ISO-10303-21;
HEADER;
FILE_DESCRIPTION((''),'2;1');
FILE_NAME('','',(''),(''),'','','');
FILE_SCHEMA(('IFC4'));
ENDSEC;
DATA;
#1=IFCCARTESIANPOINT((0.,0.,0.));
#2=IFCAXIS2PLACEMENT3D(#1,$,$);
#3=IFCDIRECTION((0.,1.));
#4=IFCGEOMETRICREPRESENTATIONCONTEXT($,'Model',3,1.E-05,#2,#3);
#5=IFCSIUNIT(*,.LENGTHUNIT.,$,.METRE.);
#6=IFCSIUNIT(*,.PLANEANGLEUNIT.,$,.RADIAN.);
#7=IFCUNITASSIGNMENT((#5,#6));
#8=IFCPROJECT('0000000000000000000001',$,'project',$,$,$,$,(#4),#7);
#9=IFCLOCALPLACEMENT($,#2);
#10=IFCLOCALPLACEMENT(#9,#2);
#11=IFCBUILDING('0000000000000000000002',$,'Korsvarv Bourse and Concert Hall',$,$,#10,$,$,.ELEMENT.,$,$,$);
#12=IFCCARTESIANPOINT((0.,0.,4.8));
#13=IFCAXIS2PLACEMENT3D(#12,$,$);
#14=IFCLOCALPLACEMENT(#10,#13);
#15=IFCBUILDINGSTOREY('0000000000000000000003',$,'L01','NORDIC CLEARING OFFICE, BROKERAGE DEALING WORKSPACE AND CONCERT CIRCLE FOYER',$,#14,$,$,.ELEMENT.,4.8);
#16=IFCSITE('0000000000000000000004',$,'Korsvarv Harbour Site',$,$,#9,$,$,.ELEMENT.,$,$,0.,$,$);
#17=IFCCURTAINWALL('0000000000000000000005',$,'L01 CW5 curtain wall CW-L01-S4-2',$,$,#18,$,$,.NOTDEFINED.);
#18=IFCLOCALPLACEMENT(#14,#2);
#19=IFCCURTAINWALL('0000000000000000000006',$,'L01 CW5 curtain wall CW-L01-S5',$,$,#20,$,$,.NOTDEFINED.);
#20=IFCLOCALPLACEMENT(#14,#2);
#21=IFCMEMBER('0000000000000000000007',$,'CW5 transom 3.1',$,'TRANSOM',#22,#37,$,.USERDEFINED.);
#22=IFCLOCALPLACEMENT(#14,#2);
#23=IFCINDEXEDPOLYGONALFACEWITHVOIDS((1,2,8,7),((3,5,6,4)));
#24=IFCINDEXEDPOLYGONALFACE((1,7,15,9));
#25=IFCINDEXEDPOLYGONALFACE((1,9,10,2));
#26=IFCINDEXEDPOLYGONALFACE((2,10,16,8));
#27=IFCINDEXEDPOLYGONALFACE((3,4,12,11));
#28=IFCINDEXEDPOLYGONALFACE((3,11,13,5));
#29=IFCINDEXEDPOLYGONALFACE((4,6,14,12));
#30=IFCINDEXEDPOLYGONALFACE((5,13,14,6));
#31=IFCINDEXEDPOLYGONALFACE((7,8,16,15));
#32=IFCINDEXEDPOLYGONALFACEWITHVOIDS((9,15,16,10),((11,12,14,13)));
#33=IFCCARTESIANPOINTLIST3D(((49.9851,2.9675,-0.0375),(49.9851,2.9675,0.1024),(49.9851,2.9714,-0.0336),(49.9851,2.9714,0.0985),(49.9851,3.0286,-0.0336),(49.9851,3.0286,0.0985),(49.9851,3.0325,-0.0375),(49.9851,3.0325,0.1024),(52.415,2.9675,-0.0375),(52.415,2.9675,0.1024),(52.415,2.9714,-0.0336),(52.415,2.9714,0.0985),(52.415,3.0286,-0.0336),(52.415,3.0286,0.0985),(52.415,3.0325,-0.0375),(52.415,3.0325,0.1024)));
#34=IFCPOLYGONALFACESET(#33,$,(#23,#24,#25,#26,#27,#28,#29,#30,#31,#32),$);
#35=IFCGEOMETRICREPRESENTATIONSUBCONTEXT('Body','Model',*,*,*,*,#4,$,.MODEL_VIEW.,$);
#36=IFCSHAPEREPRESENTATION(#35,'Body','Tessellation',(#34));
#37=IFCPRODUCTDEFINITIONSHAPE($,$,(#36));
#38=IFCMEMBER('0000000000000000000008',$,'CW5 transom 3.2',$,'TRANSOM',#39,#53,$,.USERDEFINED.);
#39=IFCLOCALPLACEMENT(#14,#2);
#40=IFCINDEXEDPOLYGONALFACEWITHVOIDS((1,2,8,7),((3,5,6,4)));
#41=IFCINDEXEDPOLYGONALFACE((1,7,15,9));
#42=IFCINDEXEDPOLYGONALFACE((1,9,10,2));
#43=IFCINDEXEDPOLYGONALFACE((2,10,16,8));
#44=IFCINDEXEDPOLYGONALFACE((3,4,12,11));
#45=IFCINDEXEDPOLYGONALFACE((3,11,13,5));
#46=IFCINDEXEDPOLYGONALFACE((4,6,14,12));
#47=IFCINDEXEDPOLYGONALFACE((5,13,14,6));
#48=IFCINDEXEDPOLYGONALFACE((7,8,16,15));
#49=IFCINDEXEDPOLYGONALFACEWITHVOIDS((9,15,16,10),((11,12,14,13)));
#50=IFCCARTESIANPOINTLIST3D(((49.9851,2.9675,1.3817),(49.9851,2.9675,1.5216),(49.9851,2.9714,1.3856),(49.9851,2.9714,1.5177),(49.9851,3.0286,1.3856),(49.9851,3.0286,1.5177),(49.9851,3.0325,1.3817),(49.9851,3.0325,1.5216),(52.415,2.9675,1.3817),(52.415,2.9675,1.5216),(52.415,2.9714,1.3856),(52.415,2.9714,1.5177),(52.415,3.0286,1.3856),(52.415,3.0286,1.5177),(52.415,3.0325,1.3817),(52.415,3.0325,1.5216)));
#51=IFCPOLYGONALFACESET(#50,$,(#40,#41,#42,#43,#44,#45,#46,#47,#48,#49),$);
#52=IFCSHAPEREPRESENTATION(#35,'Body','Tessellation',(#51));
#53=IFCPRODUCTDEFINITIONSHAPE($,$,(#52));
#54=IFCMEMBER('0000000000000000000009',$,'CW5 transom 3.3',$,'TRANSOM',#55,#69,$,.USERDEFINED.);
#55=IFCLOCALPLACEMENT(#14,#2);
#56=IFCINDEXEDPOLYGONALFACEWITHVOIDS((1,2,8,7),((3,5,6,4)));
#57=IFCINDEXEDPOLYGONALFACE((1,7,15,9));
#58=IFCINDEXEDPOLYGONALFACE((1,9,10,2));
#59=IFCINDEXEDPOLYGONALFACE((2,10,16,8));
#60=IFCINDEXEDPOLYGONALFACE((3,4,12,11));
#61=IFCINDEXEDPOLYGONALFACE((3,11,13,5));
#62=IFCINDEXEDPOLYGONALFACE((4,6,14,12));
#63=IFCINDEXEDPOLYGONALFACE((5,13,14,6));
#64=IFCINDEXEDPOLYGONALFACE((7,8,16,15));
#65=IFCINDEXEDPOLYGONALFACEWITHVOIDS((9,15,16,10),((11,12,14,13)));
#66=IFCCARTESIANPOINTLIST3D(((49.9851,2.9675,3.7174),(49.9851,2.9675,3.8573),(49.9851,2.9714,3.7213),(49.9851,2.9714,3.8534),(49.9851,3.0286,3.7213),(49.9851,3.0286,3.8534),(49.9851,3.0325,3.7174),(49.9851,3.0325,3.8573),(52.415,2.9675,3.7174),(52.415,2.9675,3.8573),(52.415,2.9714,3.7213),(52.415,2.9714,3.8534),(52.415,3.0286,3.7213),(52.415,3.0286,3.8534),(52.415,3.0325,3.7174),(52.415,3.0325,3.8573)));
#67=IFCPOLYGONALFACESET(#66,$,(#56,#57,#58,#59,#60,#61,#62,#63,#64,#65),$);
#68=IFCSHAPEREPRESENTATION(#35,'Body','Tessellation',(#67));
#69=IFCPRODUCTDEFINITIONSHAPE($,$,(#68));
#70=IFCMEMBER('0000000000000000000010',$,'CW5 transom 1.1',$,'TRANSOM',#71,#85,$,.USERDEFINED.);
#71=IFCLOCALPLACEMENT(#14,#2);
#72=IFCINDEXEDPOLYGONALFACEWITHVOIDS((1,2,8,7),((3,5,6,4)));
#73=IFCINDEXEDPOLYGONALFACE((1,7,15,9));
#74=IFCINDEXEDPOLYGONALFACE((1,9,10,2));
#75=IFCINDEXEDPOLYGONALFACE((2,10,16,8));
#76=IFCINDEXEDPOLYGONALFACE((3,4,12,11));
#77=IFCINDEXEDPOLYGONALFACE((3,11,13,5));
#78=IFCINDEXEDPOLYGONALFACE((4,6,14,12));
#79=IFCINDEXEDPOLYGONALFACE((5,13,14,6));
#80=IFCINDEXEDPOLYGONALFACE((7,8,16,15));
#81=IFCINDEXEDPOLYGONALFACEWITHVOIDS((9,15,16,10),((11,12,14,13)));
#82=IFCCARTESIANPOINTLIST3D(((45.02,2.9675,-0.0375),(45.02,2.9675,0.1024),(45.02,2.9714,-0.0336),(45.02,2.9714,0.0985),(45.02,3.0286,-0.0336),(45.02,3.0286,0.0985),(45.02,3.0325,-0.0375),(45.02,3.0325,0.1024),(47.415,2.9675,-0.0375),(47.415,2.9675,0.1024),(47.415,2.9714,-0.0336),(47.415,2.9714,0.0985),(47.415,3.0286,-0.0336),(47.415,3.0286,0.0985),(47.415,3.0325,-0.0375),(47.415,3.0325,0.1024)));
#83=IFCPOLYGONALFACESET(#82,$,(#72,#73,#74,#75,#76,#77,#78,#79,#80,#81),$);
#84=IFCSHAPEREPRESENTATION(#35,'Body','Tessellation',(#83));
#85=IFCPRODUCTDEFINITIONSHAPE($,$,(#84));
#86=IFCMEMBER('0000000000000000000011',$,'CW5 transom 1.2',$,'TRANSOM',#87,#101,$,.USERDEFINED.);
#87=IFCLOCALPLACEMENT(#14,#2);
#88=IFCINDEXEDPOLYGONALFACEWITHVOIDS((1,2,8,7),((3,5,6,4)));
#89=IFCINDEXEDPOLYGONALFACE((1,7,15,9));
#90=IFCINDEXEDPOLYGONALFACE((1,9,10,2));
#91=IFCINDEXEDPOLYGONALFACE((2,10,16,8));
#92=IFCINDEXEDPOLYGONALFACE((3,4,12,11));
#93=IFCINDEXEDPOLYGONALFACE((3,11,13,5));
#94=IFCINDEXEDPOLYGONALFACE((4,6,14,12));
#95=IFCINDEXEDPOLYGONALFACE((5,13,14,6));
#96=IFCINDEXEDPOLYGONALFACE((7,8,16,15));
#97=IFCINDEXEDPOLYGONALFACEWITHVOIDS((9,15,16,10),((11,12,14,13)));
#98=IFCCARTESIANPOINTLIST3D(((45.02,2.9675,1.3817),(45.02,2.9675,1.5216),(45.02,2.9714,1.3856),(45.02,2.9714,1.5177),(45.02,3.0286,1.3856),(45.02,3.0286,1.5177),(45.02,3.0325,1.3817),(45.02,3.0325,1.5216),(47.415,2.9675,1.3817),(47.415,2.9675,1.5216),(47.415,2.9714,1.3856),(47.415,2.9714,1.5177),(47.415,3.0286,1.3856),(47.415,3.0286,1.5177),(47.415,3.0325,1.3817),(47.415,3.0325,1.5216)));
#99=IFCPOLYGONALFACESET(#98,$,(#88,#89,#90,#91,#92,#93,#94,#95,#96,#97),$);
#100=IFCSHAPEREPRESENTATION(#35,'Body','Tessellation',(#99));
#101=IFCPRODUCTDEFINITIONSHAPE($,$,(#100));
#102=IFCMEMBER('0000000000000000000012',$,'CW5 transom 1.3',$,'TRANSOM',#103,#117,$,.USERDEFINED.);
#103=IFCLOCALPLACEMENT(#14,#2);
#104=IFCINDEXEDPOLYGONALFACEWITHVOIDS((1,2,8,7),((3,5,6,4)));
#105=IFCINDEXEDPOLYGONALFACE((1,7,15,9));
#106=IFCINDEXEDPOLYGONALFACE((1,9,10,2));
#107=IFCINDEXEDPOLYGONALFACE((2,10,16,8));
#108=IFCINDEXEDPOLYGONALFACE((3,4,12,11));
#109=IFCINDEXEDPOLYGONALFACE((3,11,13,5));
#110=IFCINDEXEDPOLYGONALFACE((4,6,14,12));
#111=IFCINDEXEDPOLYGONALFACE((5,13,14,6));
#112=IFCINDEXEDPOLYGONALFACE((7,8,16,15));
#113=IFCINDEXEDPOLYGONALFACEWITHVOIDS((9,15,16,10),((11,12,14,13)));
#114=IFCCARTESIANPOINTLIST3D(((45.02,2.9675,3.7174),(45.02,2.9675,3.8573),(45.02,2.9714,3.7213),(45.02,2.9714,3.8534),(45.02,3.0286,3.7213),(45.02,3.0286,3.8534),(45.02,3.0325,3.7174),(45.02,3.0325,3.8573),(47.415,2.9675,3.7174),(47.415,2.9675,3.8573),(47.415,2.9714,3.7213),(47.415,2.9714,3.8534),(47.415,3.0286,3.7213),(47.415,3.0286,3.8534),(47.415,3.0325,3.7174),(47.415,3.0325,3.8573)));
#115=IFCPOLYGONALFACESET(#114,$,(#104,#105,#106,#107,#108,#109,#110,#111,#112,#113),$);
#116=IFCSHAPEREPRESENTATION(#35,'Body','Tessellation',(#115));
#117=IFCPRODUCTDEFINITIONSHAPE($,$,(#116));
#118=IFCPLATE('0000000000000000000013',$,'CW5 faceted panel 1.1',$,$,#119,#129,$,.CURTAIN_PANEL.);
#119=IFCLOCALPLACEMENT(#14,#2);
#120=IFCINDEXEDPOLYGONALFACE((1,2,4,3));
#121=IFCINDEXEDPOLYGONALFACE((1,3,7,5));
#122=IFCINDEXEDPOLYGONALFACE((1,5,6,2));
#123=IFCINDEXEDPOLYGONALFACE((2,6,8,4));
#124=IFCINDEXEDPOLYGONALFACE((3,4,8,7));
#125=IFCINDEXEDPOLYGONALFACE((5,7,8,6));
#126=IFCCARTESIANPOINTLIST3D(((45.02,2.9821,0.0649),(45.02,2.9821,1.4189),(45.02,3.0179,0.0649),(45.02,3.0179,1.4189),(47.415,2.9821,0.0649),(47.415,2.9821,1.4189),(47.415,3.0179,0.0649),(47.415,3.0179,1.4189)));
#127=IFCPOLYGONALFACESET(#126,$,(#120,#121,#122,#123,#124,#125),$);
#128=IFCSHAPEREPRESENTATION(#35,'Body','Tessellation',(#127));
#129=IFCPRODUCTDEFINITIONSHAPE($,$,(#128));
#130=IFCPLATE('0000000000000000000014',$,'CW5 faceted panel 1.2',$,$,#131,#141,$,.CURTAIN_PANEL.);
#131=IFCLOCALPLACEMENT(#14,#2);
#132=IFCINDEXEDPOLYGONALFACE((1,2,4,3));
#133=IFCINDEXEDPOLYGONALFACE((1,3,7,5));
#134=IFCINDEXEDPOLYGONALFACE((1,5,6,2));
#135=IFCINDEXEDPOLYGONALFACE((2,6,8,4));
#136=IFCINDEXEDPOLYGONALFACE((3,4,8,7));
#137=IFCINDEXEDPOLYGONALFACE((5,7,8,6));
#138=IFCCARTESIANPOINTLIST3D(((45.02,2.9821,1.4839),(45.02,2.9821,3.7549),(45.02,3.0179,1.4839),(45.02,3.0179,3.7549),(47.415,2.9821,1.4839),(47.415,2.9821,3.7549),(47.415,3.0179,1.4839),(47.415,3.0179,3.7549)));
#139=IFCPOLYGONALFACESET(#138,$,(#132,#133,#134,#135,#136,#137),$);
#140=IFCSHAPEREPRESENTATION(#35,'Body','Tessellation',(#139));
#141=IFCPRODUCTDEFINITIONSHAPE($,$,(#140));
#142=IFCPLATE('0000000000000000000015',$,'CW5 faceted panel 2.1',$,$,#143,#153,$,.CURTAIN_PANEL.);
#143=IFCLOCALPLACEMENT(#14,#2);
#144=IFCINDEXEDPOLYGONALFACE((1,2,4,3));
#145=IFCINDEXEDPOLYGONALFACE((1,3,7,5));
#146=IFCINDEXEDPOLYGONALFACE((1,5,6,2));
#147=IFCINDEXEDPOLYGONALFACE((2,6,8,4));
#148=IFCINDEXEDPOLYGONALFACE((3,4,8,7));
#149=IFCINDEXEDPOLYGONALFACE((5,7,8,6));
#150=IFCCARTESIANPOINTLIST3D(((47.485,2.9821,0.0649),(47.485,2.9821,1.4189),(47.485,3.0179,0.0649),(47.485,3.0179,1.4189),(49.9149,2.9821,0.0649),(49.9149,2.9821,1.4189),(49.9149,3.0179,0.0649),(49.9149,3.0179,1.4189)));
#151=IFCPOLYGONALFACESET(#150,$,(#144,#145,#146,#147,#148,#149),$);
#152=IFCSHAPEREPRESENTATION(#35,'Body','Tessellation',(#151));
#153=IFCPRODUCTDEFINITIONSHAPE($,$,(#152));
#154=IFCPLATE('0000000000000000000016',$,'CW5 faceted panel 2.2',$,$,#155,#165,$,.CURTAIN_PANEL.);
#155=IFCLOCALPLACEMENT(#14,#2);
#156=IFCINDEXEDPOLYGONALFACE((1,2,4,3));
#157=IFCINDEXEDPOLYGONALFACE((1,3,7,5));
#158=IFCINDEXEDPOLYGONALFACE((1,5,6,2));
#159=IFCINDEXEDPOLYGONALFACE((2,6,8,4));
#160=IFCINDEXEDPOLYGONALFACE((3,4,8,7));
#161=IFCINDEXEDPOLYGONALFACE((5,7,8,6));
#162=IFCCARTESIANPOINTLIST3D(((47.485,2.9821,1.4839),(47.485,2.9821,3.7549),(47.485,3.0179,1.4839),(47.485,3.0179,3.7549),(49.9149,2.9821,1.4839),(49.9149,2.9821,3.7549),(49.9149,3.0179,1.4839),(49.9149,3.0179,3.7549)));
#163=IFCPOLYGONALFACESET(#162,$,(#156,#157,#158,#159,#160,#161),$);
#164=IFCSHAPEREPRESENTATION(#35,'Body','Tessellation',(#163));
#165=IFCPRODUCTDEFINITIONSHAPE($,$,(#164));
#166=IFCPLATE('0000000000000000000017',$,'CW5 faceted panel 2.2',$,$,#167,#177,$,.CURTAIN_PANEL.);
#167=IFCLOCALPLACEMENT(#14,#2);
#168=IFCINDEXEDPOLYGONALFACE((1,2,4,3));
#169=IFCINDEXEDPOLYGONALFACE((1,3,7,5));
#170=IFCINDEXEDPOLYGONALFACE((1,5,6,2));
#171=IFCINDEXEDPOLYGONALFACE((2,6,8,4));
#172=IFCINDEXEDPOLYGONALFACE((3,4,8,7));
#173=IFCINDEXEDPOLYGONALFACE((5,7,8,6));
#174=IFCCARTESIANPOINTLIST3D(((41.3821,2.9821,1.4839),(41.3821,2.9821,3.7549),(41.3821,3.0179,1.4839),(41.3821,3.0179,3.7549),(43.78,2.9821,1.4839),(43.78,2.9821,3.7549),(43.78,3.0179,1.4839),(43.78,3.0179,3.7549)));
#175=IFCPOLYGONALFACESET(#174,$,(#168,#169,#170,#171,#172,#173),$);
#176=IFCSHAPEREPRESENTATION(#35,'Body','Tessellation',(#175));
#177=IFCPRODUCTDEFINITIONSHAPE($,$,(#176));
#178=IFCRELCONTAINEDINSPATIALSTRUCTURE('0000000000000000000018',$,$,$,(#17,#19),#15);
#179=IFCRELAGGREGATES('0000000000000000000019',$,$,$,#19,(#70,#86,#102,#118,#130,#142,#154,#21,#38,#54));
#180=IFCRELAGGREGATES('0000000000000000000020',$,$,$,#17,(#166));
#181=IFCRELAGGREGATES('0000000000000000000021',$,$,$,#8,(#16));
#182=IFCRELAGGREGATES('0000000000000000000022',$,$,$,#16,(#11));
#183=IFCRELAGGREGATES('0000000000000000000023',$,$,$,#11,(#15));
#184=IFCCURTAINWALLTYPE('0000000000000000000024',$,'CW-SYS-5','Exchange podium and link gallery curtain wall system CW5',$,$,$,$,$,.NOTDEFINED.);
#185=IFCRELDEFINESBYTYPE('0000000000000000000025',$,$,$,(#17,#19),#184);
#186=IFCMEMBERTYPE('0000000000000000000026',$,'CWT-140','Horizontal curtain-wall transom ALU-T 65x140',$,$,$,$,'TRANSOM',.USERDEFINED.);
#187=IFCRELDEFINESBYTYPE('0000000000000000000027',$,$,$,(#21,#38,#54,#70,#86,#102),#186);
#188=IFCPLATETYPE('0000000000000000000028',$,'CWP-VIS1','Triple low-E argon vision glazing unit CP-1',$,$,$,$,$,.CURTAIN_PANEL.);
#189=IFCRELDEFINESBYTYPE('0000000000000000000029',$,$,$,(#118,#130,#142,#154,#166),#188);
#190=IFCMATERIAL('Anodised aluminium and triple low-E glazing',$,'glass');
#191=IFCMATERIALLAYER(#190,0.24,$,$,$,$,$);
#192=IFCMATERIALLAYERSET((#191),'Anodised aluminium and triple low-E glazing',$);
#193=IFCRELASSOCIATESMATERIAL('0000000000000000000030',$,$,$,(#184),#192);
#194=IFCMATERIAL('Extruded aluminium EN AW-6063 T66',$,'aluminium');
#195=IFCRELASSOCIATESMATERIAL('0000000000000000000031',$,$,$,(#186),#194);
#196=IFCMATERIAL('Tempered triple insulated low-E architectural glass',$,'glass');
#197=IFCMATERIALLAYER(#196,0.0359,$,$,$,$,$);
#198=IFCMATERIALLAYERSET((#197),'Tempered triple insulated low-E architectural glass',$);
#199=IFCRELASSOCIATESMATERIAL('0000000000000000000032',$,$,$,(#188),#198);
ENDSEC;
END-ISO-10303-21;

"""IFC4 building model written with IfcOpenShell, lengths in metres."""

from ifc_helpers import new_model, si_unit, direction, frame, origin, origin_2d, place, context, subcontext, project, spatial, rectangle, hollow_rectangle, extrude, source, transform, mapped, material, layer, layer_set, material_profile, profile_set, type_object, element, aggregate, save


model = new_model("IFC4")

# Units and contexts
model_context = context("Model", 3, precision=1e-05, world=origin(), true_north=direction((0.0, 1.0)))
body_context = subcontext(model_context, "Body", "Model", "MODEL_VIEW")
ifc_project = project(units=[si_unit("LENGTHUNIT", "METRE"), si_unit("PLANEANGLEUNIT", "RADIAN")], contexts=[model_context])

# Site, building, storey
site_placement = place(None, origin())
site = spatial("IfcSite", under=ifc_project, at=site_placement, Name="Korsvarv Harbour Site", CompositionType="ELEMENT", RefElevation=0.0)
building_placement = place(site_placement, origin())
building = spatial("IfcBuilding", under=site, at=building_placement, Name="Korsvarv Bourse and Concert Hall", CompositionType="ELEMENT")
storey_placement = place(building_placement, frame((0.0, 0.0, 4.8)))
storey = spatial("IfcBuildingStorey", under=building, at=storey_placement, Name="L01", Description="NORDIC CLEARING OFFICE, BROKERAGE DEALING WORKSPACE AND CONCERT CIRCLE FOYER", CompositionType="ELEMENT", Elevation=4.8)

# Curtain wall
ifc_material_1 = material(Name="Anodised aluminium and triple low-E glazing", Category="glass")
ifc_layer_1 = layer(ifc_material_1, 0.24)
ifc_layer_set_1 = layer_set([ifc_layer_1], Name="Anodised aluminium and triple low-E glazing")
curtain_wall_type = type_object("IfcCurtainWallType", Name="CW-SYS-5", Description="Exchange podium and link gallery curtain wall system CW5", PredefinedType="NOTDEFINED", material=ifc_layer_set_1)
curtain_wall_1_placement = place(storey_placement, origin())
curtain_wall_1 = element("IfcCurtainWall", 1, at=curtain_wall_1_placement, inside=storey, type_object=curtain_wall_type, Name="L01 CW5 curtain wall CW-L01-S4-2", PredefinedType="NOTDEFINED")
ifc_material_2 = material(Name="Extruded aluminium EN AW-6063 T66", Category="aluminium")

# Curtain wall, members, plates
curtain_wall_2_placement = place(storey_placement, origin())
curtain_wall_2 = element("IfcCurtainWall", 2, at=curtain_wall_2_placement, inside=storey, type_object=curtain_wall_type, Name="L01 CW5 curtain wall CW-L01-S5", PredefinedType="NOTDEFINED")
ifc_material_profile_1 = material_profile(ifc_material_2, hollow_rectangle(XDim=0.0649, YDim=0.1399, WallThickness=0.0039, at=origin_2d()), Name="ALU-T 65x140")
ifc_profile_set_1 = profile_set([ifc_material_profile_1], Name="Extruded aluminium EN AW-6063 T66")
member_type_1 = type_object("IfcMemberType", Name="CWT-140", Description="Horizontal curtain-wall transom ALU-T 65x140", ElementType="TRANSOM", PredefinedType="USERDEFINED", material=ifc_profile_set_1)
shared_shape_1 = source(origin(), body_context, "Body", "SweptSolid", [
    extrude(hollow_rectangle(XDim=0.0649, YDim=0.1399, WallThickness=0.0039, at=origin_2d()), origin(), (0.0, 0.0, 1.0), 2.4299),
])
member_1_placement = place(storey_placement, frame((49.9851, 3.0, 0.0325), z_axis=(1.0, 0.0, 0.0), x_axis=(0.0, 1.0, 0.0)))
member_1 = element("IfcMember", 3, at=member_1_placement, type_object=member_type_1, Name="CW5 transom 3.1", ObjectType="TRANSOM", PredefinedType="USERDEFINED", context=body_context, shape_type="MappedRepresentation", body=[
    mapped(shared_shape_1, transform((0.0, 0.0, 0.0), scale=1.0)),
])
member_2_placement = place(storey_placement, frame((49.9851, 3.0, 1.4517), z_axis=(1.0, 0.0, 0.0), x_axis=(0.0, 1.0, 0.0)))
member_2 = element("IfcMember", 4, at=member_2_placement, type_object=member_type_1, Name="CW5 transom 3.2", ObjectType="TRANSOM", PredefinedType="USERDEFINED", context=body_context, shape_type="MappedRepresentation", body=[
    mapped(shared_shape_1, transform((0.0, 0.0, 0.0), scale=1.0)),
])
member_3_placement = place(storey_placement, frame((49.9851, 3.0, 3.7874), z_axis=(1.0, 0.0, 0.0), x_axis=(0.0, 1.0, 0.0)))
member_3 = element("IfcMember", 5, at=member_3_placement, type_object=member_type_1, Name="CW5 transom 3.3", ObjectType="TRANSOM", PredefinedType="USERDEFINED", context=body_context, shape_type="MappedRepresentation", body=[
    mapped(shared_shape_1, transform((0.0, 0.0, 0.0), scale=1.0)),
])
shared_shape_2 = source(origin(), body_context, "Body", "SweptSolid", [
    extrude(hollow_rectangle(XDim=0.0649, YDim=0.1399, WallThickness=0.0039, at=origin_2d()), origin(), (0.0, 0.0, 1.0), 2.395),
])
member_4_placement = place(storey_placement, frame((45.02, 3.0, 0.0325), z_axis=(1.0, 0.0, 0.0), x_axis=(0.0, 1.0, 0.0)))
member_4 = element("IfcMember", 6, at=member_4_placement, type_object=member_type_1, Name="CW5 transom 1.1", ObjectType="TRANSOM", PredefinedType="USERDEFINED", context=body_context, shape_type="MappedRepresentation", body=[
    mapped(shared_shape_2, transform((0.0, 0.0, 0.0), scale=1.0)),
])
member_5_placement = place(storey_placement, frame((45.02, 3.0, 1.4517), z_axis=(1.0, 0.0, 0.0), x_axis=(0.0, 1.0, 0.0)))
member_5 = element("IfcMember", 7, at=member_5_placement, type_object=member_type_1, Name="CW5 transom 1.2", ObjectType="TRANSOM", PredefinedType="USERDEFINED", context=body_context, shape_type="MappedRepresentation", body=[
    mapped(shared_shape_2, transform((0.0, 0.0, 0.0), scale=1.0)),
])
member_6_placement = place(storey_placement, frame((45.02, 3.0, 3.7874), z_axis=(1.0, 0.0, 0.0), x_axis=(0.0, 1.0, 0.0)))
member_6 = element("IfcMember", 8, at=member_6_placement, type_object=member_type_1, Name="CW5 transom 1.3", ObjectType="TRANSOM", PredefinedType="USERDEFINED", context=body_context, shape_type="MappedRepresentation", body=[
    mapped(shared_shape_2, transform((0.0, 0.0, 0.0), scale=1.0)),
])
ifc_material_3 = material(Name="Tempered triple insulated low-E architectural glass", Category="glass")
ifc_layer_2 = layer(ifc_material_3, 0.0359)
ifc_layer_set_2 = layer_set([ifc_layer_2], Name="Tempered triple insulated low-E architectural glass")
plate_type = type_object("IfcPlateType", Name="CWP-VIS1", Description="Triple low-E argon vision glazing unit CP-1", PredefinedType="CURTAIN_PANEL", material=ifc_layer_set_2)
shared_shape_3 = source(origin(), body_context, "Body", "SweptSolid", [
    extrude(rectangle(XDim=2.395, YDim=0.0359, at=origin_2d()), origin(), (0.0, 0.0, 1.0), 1.354),
])
plate_1_placement = place(storey_placement, frame((46.2175, 3.0, 0.0649), z_axis=(0.0, 0.0, 1.0), x_axis=(1.0, 0.0, 0.0)))
plate_1 = element("IfcPlate", 9, at=plate_1_placement, type_object=plate_type, Name="CW5 faceted panel 1.1", PredefinedType="CURTAIN_PANEL", context=body_context, shape_type="MappedRepresentation", body=[
    mapped(shared_shape_3, transform((0.0, 0.0, 0.0), scale=1.0)),
])
shared_shape_4 = source(origin(), body_context, "Body", "SweptSolid", [
    extrude(rectangle(XDim=2.395, YDim=0.0359, at=origin_2d()), origin(), (0.0, 0.0, 1.0), 2.271),
])
plate_2_placement = place(storey_placement, frame((46.2175, 3.0, 1.4839), z_axis=(0.0, 0.0, 1.0), x_axis=(1.0, 0.0, 0.0)))
plate_2 = element("IfcPlate", 10, at=plate_2_placement, type_object=plate_type, Name="CW5 faceted panel 1.2", PredefinedType="CURTAIN_PANEL", context=body_context, shape_type="MappedRepresentation", body=[
    mapped(shared_shape_4, transform((0.0, 0.0, 0.0), scale=1.0)),
])
shared_shape_5 = source(origin(), body_context, "Body", "SweptSolid", [
    extrude(rectangle(XDim=2.4299, YDim=0.0359, at=origin_2d()), origin(), (0.0, 0.0, 1.0), 1.354),
])
plate_3_placement = place(storey_placement, frame((48.7, 3.0, 0.0649), z_axis=(0.0, 0.0, 1.0), x_axis=(1.0, 0.0, 0.0)))
plate_3 = element("IfcPlate", 11, at=plate_3_placement, type_object=plate_type, Name="CW5 faceted panel 2.1", PredefinedType="CURTAIN_PANEL", context=body_context, shape_type="MappedRepresentation", body=[
    mapped(shared_shape_5, transform((0.0, 0.0, 0.0), scale=1.0)),
])
shared_shape_6 = source(origin(), body_context, "Body", "SweptSolid", [
    extrude(rectangle(XDim=2.4299, YDim=0.0359, at=origin_2d()), origin(), (0.0, 0.0, 1.0), 2.271),
])
plate_4_placement = place(storey_placement, frame((48.7, 3.0, 1.4839), z_axis=(0.0, 0.0, 1.0), x_axis=(1.0, 0.0, 0.0)))
plate_4 = element("IfcPlate", 12, at=plate_4_placement, type_object=plate_type, Name="CW5 faceted panel 2.2", PredefinedType="CURTAIN_PANEL", context=body_context, shape_type="MappedRepresentation", body=[
    mapped(shared_shape_6, transform((0.0, 0.0, 0.0), scale=1.0)),
])
aggregate(curtain_wall_2, [member_4, member_5, member_6, plate_1, plate_2, plate_3, plate_4, member_1, member_2, member_3])

# Plate
shared_shape_7 = source(origin(), body_context, "Body", "SweptSolid", [
    extrude(rectangle(XDim=2.3979, YDim=0.0359, at=origin_2d()), origin(), (0.0, 0.0, 1.0), 2.271),
])
plate_5_placement = place(storey_placement, frame((42.5811, 3.0, 1.4839), z_axis=(0.0, 0.0, 1.0), x_axis=(1.0, 0.0, 0.0)))
plate_5 = element("IfcPlate", 13, at=plate_5_placement, type_object=plate_type, Name="CW5 faceted panel 2.2", PredefinedType="CURTAIN_PANEL", context=body_context, shape_type="MappedRepresentation", body=[
    mapped(shared_shape_7, transform((0.0, 0.0, 0.0), scale=1.0)),
])
aggregate(curtain_wall_1, [plate_5])

save(model, "model.ifc")
